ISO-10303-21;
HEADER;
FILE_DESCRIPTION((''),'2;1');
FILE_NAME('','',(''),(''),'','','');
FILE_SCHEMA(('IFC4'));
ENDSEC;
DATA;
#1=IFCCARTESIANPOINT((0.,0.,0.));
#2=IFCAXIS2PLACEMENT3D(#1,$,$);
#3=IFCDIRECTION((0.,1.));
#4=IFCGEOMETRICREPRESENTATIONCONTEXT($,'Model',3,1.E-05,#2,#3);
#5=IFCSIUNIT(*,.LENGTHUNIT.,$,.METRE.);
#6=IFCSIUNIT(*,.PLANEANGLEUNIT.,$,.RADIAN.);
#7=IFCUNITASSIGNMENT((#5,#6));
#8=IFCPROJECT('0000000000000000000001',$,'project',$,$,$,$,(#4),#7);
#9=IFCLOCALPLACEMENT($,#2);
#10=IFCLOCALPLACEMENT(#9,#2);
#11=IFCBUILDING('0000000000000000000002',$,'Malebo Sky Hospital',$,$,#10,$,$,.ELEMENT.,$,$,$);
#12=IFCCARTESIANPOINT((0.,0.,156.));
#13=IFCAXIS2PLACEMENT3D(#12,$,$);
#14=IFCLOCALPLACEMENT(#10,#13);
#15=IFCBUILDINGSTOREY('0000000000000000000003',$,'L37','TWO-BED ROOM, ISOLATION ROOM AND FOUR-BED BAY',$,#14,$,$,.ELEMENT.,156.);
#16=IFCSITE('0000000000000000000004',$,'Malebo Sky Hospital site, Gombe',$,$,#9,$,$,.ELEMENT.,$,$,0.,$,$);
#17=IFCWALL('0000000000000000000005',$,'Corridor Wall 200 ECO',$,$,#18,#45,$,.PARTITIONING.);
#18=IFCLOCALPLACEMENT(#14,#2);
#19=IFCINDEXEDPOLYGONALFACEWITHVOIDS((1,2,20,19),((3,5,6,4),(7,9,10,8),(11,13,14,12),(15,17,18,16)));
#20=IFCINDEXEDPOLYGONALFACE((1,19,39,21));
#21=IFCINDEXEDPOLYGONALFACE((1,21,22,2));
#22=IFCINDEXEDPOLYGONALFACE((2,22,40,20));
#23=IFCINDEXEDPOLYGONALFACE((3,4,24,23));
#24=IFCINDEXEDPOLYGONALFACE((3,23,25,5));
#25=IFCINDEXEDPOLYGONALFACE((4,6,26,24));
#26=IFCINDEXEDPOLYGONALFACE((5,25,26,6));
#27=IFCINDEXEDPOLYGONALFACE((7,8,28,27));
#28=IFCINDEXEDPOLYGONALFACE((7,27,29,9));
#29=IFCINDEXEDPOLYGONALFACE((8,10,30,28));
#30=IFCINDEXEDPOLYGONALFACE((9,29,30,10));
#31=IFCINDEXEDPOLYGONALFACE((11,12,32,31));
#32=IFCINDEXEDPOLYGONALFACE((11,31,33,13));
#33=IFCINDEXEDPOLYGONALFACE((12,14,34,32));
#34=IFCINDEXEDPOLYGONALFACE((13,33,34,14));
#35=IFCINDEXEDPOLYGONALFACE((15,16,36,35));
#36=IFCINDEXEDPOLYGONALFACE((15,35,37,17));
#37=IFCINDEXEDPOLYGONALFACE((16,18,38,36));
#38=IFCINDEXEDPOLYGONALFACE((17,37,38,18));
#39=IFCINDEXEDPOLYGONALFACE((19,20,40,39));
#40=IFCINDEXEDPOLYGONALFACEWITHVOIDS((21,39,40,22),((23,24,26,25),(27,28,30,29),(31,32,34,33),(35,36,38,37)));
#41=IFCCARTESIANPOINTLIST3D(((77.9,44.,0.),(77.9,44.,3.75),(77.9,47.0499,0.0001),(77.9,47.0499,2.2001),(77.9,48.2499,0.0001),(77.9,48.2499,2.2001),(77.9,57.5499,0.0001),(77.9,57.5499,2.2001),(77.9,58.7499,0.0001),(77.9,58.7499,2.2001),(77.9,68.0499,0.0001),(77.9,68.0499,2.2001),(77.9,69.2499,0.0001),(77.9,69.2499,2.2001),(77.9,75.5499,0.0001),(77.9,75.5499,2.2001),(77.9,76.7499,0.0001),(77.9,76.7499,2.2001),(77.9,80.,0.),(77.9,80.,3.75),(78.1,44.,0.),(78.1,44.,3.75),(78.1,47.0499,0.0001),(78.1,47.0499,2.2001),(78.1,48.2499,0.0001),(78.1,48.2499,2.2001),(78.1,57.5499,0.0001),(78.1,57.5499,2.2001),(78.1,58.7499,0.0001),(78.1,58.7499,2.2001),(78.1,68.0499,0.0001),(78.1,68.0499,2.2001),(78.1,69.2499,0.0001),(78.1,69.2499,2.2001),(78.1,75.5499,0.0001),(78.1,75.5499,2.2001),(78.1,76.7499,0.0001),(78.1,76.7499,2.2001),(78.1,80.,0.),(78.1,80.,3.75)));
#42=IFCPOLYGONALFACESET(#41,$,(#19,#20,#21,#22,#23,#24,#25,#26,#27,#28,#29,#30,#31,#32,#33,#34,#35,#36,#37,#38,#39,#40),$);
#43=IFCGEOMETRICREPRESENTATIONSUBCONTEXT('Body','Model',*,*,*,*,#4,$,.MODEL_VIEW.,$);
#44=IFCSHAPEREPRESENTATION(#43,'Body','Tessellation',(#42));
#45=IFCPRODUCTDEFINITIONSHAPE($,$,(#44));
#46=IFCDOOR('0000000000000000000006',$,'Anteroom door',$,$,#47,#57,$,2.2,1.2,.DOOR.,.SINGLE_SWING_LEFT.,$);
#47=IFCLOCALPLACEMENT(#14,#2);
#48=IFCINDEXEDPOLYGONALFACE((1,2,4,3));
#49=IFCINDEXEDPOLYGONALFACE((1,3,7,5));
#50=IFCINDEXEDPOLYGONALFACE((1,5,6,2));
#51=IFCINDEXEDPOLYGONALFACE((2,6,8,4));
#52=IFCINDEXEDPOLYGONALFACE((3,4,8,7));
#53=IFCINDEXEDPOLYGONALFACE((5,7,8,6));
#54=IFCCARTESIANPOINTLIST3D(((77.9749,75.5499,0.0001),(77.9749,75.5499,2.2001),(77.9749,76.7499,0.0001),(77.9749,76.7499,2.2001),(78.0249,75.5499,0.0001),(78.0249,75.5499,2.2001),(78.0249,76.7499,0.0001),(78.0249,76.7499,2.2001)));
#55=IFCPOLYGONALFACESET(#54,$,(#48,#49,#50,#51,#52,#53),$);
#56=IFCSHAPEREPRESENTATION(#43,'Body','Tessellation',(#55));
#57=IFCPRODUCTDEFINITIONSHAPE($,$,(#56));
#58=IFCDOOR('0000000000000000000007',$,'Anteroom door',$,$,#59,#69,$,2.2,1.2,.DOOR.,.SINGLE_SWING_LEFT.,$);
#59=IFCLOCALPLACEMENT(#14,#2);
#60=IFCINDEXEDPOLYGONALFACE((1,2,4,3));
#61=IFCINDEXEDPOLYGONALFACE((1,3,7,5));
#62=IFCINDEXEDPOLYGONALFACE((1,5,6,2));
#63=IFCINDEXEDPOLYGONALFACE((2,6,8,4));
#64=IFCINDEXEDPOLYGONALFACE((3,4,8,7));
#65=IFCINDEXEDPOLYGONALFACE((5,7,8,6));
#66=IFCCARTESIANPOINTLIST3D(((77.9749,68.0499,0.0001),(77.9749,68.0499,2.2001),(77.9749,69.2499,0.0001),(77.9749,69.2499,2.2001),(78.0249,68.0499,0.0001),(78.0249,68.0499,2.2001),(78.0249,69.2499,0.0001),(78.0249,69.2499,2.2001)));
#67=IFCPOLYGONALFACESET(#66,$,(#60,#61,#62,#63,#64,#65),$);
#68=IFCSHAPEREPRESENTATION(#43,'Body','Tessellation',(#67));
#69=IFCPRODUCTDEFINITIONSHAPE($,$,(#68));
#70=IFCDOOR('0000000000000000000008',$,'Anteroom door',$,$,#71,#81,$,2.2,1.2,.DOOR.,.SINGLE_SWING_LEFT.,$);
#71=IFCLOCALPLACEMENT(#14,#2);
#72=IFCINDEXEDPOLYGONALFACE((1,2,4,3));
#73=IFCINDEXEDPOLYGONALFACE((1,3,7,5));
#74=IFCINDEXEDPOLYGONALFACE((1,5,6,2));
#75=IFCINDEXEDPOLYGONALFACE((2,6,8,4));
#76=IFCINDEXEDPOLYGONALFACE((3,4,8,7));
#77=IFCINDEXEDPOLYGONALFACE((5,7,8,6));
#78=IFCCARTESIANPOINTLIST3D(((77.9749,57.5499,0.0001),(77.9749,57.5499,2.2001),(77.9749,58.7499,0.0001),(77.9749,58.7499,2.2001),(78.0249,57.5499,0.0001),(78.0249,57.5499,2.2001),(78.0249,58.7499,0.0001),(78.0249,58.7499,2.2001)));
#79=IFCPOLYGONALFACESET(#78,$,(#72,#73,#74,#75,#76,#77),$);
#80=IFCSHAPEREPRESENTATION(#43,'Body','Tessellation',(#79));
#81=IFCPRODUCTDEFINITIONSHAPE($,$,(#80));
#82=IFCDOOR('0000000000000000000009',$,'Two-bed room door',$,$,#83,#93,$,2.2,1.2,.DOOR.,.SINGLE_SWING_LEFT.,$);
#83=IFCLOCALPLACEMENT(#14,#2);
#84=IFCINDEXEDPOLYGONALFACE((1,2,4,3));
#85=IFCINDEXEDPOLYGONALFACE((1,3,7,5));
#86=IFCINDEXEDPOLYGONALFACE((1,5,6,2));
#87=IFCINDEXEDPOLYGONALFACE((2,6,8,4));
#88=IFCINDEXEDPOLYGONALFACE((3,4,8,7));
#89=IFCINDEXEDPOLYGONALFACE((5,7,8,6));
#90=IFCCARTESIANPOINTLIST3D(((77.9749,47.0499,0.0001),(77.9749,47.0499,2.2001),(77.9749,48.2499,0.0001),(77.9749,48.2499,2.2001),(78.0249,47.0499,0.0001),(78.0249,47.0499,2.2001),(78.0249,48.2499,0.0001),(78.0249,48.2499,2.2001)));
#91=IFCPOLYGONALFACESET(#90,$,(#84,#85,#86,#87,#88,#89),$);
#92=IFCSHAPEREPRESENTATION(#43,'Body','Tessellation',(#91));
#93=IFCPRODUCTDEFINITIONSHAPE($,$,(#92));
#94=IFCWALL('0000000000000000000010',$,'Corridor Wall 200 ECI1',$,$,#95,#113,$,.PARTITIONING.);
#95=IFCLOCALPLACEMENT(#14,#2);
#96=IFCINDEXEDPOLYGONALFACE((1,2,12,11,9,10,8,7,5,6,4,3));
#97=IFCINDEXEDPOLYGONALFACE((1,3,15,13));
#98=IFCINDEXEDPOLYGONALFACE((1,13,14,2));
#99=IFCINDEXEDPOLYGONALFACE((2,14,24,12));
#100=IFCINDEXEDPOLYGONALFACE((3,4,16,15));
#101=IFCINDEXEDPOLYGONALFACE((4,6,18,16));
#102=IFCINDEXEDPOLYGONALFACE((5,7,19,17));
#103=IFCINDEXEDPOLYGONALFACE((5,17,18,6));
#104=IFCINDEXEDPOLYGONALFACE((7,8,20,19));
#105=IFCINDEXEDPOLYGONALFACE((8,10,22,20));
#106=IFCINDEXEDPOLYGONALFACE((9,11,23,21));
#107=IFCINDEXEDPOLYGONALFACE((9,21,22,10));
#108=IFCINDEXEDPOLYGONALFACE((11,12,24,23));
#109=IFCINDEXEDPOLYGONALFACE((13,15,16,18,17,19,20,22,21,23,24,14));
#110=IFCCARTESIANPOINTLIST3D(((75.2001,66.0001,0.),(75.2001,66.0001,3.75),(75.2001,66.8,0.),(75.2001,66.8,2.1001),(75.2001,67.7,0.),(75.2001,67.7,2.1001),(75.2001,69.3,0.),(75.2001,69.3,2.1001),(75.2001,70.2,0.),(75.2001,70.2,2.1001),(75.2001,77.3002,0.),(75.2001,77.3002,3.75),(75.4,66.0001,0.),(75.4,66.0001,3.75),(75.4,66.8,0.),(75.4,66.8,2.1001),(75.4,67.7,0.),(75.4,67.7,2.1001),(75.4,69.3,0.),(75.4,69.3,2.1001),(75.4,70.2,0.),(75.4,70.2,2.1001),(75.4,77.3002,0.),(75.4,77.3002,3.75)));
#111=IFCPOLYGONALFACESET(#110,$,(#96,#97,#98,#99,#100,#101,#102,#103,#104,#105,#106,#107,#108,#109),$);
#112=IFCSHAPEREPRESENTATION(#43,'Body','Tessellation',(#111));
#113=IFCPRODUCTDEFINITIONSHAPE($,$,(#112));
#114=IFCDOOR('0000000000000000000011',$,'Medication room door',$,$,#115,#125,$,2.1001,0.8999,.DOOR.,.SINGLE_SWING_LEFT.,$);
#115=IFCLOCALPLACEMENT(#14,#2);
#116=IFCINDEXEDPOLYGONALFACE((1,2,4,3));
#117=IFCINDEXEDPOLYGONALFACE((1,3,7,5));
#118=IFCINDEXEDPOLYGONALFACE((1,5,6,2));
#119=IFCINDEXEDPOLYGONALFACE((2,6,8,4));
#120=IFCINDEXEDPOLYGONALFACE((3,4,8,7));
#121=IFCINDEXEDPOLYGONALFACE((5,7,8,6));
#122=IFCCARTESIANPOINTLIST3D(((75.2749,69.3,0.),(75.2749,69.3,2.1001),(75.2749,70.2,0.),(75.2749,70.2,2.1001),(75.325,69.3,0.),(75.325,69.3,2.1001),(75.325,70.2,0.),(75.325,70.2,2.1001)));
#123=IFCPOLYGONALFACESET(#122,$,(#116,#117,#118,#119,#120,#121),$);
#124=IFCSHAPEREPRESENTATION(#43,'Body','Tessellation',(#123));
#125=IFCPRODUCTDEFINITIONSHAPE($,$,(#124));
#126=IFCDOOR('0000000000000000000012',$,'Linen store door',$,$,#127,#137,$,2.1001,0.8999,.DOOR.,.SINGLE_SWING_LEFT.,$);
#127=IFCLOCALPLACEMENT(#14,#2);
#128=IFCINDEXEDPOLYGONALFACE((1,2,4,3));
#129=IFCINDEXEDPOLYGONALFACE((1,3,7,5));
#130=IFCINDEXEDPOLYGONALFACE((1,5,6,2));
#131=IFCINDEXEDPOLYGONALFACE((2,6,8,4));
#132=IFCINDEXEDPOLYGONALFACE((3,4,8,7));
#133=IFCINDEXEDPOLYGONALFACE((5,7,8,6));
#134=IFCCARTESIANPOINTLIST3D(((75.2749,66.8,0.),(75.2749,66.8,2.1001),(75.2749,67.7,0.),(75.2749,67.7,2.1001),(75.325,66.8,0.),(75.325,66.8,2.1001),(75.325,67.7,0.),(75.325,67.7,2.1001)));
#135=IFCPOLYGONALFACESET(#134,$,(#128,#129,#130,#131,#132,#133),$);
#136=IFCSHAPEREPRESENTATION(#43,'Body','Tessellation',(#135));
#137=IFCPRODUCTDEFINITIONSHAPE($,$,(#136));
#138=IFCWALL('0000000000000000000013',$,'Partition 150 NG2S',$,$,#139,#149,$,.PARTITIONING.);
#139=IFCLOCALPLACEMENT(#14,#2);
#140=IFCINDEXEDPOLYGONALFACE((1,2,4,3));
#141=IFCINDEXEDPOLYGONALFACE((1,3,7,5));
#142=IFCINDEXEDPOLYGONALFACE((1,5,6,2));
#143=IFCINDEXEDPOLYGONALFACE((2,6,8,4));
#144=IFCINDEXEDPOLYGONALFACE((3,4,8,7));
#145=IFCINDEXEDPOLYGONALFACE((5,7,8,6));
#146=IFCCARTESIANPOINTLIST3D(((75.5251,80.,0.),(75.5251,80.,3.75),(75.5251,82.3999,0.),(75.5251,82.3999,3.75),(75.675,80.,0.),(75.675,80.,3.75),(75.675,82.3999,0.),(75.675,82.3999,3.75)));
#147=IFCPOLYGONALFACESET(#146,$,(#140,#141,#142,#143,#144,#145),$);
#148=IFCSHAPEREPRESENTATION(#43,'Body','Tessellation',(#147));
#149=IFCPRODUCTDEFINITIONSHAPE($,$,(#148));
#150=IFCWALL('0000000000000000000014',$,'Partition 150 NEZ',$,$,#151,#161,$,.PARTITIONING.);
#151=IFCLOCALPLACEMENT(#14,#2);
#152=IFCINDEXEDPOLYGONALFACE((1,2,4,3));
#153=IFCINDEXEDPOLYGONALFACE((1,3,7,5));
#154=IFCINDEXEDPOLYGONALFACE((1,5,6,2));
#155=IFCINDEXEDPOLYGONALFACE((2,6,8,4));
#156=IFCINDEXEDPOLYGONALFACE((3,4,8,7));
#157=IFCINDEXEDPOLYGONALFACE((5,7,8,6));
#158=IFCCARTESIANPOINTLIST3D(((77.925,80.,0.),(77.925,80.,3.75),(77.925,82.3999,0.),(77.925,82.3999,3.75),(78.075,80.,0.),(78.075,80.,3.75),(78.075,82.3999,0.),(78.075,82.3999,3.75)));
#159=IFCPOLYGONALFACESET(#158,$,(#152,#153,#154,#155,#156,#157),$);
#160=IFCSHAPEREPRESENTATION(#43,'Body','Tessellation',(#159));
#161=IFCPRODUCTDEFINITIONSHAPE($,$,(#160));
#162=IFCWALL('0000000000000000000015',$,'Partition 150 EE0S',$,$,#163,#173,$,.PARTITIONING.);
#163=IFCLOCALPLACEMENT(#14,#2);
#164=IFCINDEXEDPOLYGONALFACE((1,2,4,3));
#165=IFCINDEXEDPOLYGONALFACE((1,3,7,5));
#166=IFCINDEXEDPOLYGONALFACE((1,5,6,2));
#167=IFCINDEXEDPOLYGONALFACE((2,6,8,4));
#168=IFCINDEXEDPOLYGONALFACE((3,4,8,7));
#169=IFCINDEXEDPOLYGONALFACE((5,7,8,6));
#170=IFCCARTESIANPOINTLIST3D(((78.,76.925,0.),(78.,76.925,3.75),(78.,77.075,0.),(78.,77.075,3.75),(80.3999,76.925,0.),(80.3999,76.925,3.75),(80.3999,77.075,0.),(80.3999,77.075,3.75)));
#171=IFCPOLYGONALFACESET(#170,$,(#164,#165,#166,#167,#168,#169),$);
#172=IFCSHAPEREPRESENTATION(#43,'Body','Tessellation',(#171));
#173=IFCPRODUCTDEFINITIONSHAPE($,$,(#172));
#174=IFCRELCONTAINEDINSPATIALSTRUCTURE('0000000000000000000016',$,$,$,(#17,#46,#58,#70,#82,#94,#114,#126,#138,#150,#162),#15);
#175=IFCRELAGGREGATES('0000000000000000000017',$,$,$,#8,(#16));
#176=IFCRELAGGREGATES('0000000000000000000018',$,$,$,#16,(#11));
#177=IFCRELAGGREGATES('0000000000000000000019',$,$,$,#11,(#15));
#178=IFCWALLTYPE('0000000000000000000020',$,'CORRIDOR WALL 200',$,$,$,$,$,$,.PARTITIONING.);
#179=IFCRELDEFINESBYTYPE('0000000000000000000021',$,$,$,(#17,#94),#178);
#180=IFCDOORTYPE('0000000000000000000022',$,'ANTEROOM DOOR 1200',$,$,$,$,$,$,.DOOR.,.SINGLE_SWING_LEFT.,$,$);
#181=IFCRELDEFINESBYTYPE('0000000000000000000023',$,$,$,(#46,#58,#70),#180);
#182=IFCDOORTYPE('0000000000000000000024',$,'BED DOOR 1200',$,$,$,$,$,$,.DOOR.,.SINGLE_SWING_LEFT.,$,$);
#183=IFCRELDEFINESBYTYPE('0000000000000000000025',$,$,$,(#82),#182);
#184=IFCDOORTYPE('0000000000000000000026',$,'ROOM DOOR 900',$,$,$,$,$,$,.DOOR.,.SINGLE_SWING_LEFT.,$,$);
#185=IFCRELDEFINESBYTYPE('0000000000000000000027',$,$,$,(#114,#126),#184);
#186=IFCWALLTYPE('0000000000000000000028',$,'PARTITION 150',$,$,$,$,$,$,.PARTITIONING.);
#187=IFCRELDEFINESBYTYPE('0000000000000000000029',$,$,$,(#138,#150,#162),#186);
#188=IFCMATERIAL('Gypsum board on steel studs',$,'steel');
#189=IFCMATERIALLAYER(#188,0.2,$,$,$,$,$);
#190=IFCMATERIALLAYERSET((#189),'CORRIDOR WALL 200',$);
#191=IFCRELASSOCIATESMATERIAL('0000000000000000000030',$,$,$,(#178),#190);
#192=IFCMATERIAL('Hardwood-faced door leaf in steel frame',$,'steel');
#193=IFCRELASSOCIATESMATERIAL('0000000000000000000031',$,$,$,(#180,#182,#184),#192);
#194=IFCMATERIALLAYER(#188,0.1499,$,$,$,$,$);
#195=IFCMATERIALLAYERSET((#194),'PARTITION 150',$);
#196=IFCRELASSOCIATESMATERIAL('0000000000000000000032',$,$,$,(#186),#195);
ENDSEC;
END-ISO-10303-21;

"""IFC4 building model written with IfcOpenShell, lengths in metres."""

from ifc_helpers import new_model, si_unit, direction, frame, frame_2d, origin, place, context, subcontext, project, spatial, rectangle, extrude, material, layer, layer_set, type_object, element, fill, save


model = new_model("IFC4")

# Units and contexts
model_context = context("Model", 3, precision=1e-05, world=origin(), true_north=direction((0.0, 1.0)))
body_context = subcontext(model_context, "Body", "Model", "MODEL_VIEW")
ifc_project = project(units=[si_unit("LENGTHUNIT", "METRE"), si_unit("PLANEANGLEUNIT", "RADIAN")], contexts=[model_context])

# Site, building, storey
site_placement = place(None, origin())
site = spatial("IfcSite", under=ifc_project, at=site_placement, Name="Malebo Sky Hospital site, Gombe", CompositionType="ELEMENT", RefElevation=0.0)
building_placement = place(site_placement, origin())
building = spatial("IfcBuilding", under=site, at=building_placement, Name="Malebo Sky Hospital", CompositionType="ELEMENT")
storey_placement = place(building_placement, frame((0.0, 0.0, 156.0)))
storey = spatial("IfcBuildingStorey", under=building, at=storey_placement, Name="L37", Description="TWO-BED ROOM, ISOLATION ROOM AND FOUR-BED BAY", CompositionType="ELEMENT", Elevation=156.0)

# Walls, openings, doors
ifc_material_1 = material(Name="Gypsum board on steel studs", Category="steel")
ifc_layer_1 = layer(ifc_material_1, 0.2)
ifc_layer_set_1 = layer_set([ifc_layer_1], Name="CORRIDOR WALL 200")
wall_type_1 = type_object("IfcWallType", Name="CORRIDOR WALL 200", PredefinedType="PARTITIONING", material=ifc_layer_set_1)
wall_1_placement = place(storey_placement, frame((78.0, 80.0, 0.0), z_axis=(0.0, 0.0, 1.0), x_axis=(0.0, -1.0, 0.0)))
wall_1 = element("IfcWall", 1, at=wall_1_placement, inside=storey, type_object=wall_type_1, Name="Corridor Wall 200 ECO", PredefinedType="PARTITIONING", context=body_context, shape_type="SweptSolid", body=[
    extrude(rectangle(XDim=36.0, YDim=0.2, at=frame_2d((18.0, 0.0))), origin(), (0.0, 0.0, 1.0), 3.75),
])
opening_1_placement = place(wall_1_placement, frame((3.25, 0.0, 0.0)))
opening_1 = element("IfcOpeningElement", 2, at=opening_1_placement, cuts=wall_1, PredefinedType="OPENING", context=body_context, shape_type="SweptSolid", body=[
    extrude(rectangle(XDim=1.2, YDim=2.2, at=frame_2d((0.6001, 1.1001))), frame((0.0, 0.1099, 0.0), z_axis=(0.0, -1.0, 0.0), x_axis=(1.0, 0.0, 0.0)), (0.0, 0.0, 1.0), 0.22),
])
opening_2_placement = place(wall_1_placement, frame((10.75, 0.0, 0.0)))
opening_2 = element("IfcOpeningElement", 3, at=opening_2_placement, cuts=wall_1, PredefinedType="OPENING", context=body_context, shape_type="SweptSolid", body=[
    extrude(rectangle(XDim=1.2, YDim=2.2, at=frame_2d((0.6001, 1.1001))), frame((0.0, 0.1099, 0.0), z_axis=(0.0, -1.0, 0.0), x_axis=(1.0, 0.0, 0.0)), (0.0, 0.0, 1.0), 0.22),
])
opening_3_placement = place(wall_1_placement, frame((21.25, 0.0, 0.0)))
opening_3 = element("IfcOpeningElement", 4, at=opening_3_placement, cuts=wall_1, PredefinedType="OPENING", context=body_context, shape_type="SweptSolid", body=[
    extrude(rectangle(XDim=1.2, YDim=2.2, at=frame_2d((0.6001, 1.1001))), frame((0.0, 0.1099, 0.0), z_axis=(0.0, -1.0, 0.0), x_axis=(1.0, 0.0, 0.0)), (0.0, 0.0, 1.0), 0.22),
])
opening_4_placement = place(wall_1_placement, frame((31.75, 0.0, 0.0)))
opening_4 = element("IfcOpeningElement", 5, at=opening_4_placement, cuts=wall_1, PredefinedType="OPENING", context=body_context, shape_type="SweptSolid", body=[
    extrude(rectangle(XDim=1.2, YDim=2.2, at=frame_2d((0.6001, 1.1001))), frame((0.0, 0.1099, 0.0), z_axis=(0.0, -1.0, 0.0), x_axis=(1.0, 0.0, 0.0)), (0.0, 0.0, 1.0), 0.22),
])
ifc_material_2 = material(Name="Hardwood-faced door leaf in steel frame", Category="steel")
door_type_1 = type_object("IfcDoorType", Name="ANTEROOM DOOR 1200", OperationType="SINGLE_SWING_LEFT", PredefinedType="DOOR", material=ifc_material_2)
door_1_placement = place(opening_1_placement, origin())
door_1 = element("IfcDoor", 6, at=door_1_placement, inside=storey, type_object=door_type_1, Name="Anteroom door", OperationType="SINGLE_SWING_LEFT", OverallHeight=2.2, OverallWidth=1.2, PredefinedType="DOOR", context=body_context, shape_type="SweptSolid", body=[
    extrude(rectangle(XDim=1.2, YDim=2.2, at=frame_2d((0.6001, 1.1001))), frame((0.0, 0.0249, 0.0), z_axis=(0.0, -1.0, 0.0), x_axis=(1.0, 0.0, 0.0)), (0.0, 0.0, 1.0), 0.05),
])
fill(opening_1, door_1)
door_2_placement = place(opening_2_placement, origin())
door_2 = element("IfcDoor", 7, at=door_2_placement, inside=storey, type_object=door_type_1, Name="Anteroom door", OperationType="SINGLE_SWING_LEFT", OverallHeight=2.2, OverallWidth=1.2, PredefinedType="DOOR", context=body_context, shape_type="SweptSolid", body=[
    extrude(rectangle(XDim=1.2, YDim=2.2, at=frame_2d((0.6001, 1.1001))), frame((0.0, 0.0249, 0.0), z_axis=(0.0, -1.0, 0.0), x_axis=(1.0, 0.0, 0.0)), (0.0, 0.0, 1.0), 0.05),
])
fill(opening_2, door_2)
door_3_placement = place(opening_3_placement, origin())
door_3 = element("IfcDoor", 8, at=door_3_placement, inside=storey, type_object=door_type_1, Name="Anteroom door", OperationType="SINGLE_SWING_LEFT", OverallHeight=2.2, OverallWidth=1.2, PredefinedType="DOOR", context=body_context, shape_type="SweptSolid", body=[
    extrude(rectangle(XDim=1.2, YDim=2.2, at=frame_2d((0.6001, 1.1001))), frame((0.0, 0.0249, 0.0), z_axis=(0.0, -1.0, 0.0), x_axis=(1.0, 0.0, 0.0)), (0.0, 0.0, 1.0), 0.05),
])
fill(opening_3, door_3)
door_type_2 = type_object("IfcDoorType", Name="BED DOOR 1200", OperationType="SINGLE_SWING_LEFT", PredefinedType="DOOR", material=ifc_material_2)
door_4_placement = place(opening_4_placement, origin())
door_4 = element("IfcDoor", 9, at=door_4_placement, inside=storey, type_object=door_type_2, Name="Two-bed room door", OperationType="SINGLE_SWING_LEFT", OverallHeight=2.2, OverallWidth=1.2, PredefinedType="DOOR", context=body_context, shape_type="SweptSolid", body=[
    extrude(rectangle(XDim=1.2, YDim=2.2, at=frame_2d((0.6001, 1.1001))), frame((0.0, 0.0249, 0.0), z_axis=(0.0, -1.0, 0.0), x_axis=(1.0, 0.0, 0.0)), (0.0, 0.0, 1.0), 0.05),
])
fill(opening_4, door_4)
wall_2_placement = place(storey_placement, frame((75.3, 77.3, 0.0), z_axis=(0.0, 0.0, 1.0), x_axis=(0.0, -1.0, 0.0)))
wall_2 = element("IfcWall", 10, at=wall_2_placement, inside=storey, type_object=wall_type_1, Name="Corridor Wall 200 ECI1", PredefinedType="PARTITIONING", context=body_context, shape_type="SweptSolid", body=[
    extrude(rectangle(XDim=11.3, YDim=0.2, at=frame_2d((5.6499, 0.0))), origin(), (0.0, 0.0, 1.0), 3.75),
])
opening_5_placement = place(wall_2_placement, frame((7.1001, 0.0, 0.0)))
opening_5 = element("IfcOpeningElement", 11, at=opening_5_placement, cuts=wall_2, PredefinedType="OPENING", context=body_context, shape_type="SweptSolid", body=[
    extrude(rectangle(XDim=0.8999, YDim=2.1001, at=frame_2d((0.45, 1.05))), frame((0.0, 0.1099, 0.0), z_axis=(0.0, -1.0, 0.0), x_axis=(1.0, 0.0, 0.0)), (0.0, 0.0, 1.0), 0.22),
])
opening_6_placement = place(wall_2_placement, frame((9.6001, 0.0, 0.0)))
opening_6 = element("IfcOpeningElement", 12, at=opening_6_placement, cuts=wall_2, PredefinedType="OPENING", context=body_context, shape_type="SweptSolid", body=[
    extrude(rectangle(XDim=0.8999, YDim=2.1001, at=frame_2d((0.45, 1.05))), frame((0.0, 0.1099, 0.0), z_axis=(0.0, -1.0, 0.0), x_axis=(1.0, 0.0, 0.0)), (0.0, 0.0, 1.0), 0.22),
])
door_type_3 = type_object("IfcDoorType", Name="ROOM DOOR 900", OperationType="SINGLE_SWING_LEFT", PredefinedType="DOOR", material=ifc_material_2)
door_5_placement = place(opening_5_placement, origin())
door_5 = element("IfcDoor", 13, at=door_5_placement, inside=storey, type_object=door_type_3, Name="Medication room door", OperationType="SINGLE_SWING_LEFT", OverallHeight=2.1001, OverallWidth=0.8999, PredefinedType="DOOR", context=body_context, shape_type="SweptSolid", body=[
    extrude(rectangle(XDim=0.8999, YDim=2.1001, at=frame_2d((0.45, 1.05))), frame((0.0, 0.0249, 0.0), z_axis=(0.0, -1.0, 0.0), x_axis=(1.0, 0.0, 0.0)), (0.0, 0.0, 1.0), 0.05),
])
fill(opening_5, door_5)
door_6_placement = place(opening_6_placement, origin())
door_6 = element("IfcDoor", 14, at=door_6_placement, inside=storey, type_object=door_type_3, Name="Linen store door", OperationType="SINGLE_SWING_LEFT", OverallHeight=2.1001, OverallWidth=0.8999, PredefinedType="DOOR", context=body_context, shape_type="SweptSolid", body=[
    extrude(rectangle(XDim=0.8999, YDim=2.1001, at=frame_2d((0.45, 1.05))), frame((0.0, 0.0249, 0.0), z_axis=(0.0, -1.0, 0.0), x_axis=(1.0, 0.0, 0.0)), (0.0, 0.0, 1.0), 0.05),
])
fill(opening_6, door_6)

# Walls
ifc_layer_2 = layer(ifc_material_1, 0.1499)
ifc_layer_set_2 = layer_set([ifc_layer_2], Name="PARTITION 150")
wall_type_2 = type_object("IfcWallType", Name="PARTITION 150", PredefinedType="PARTITIONING", material=ifc_layer_set_2)
for number, where, z_axis, x_axis, name in (
    (15, (75.6001, 80.0, 0.0), (0.0, 0.0, 1.0), (0.0, 1.0, 0.0), "Partition 150 NG2S"),
    (16, (78.0, 80.0, 0.0), (0.0, 0.0, 1.0), (0.0, 1.0, 0.0), "Partition 150 NEZ"),
    (17, (78.0, 77.0, 0.0), (0.0, 0.0, 1.0), (1.0, 0.0, 0.0), "Partition 150 EE0S"),
):
    element("IfcWall", number, at=place(storey_placement, frame(where, z_axis=z_axis, x_axis=x_axis)), inside=storey, type_object=wall_type_2, Name=name, PredefinedType="PARTITIONING", context=body_context, shape_type="SweptSolid", body=[
        extrude(rectangle(XDim=2.3999, YDim=0.1499, at=frame_2d((1.2, 0.0))), origin(), (0.0, 0.0, 1.0), 3.75),
    ])

save(model, "model.ifc")
